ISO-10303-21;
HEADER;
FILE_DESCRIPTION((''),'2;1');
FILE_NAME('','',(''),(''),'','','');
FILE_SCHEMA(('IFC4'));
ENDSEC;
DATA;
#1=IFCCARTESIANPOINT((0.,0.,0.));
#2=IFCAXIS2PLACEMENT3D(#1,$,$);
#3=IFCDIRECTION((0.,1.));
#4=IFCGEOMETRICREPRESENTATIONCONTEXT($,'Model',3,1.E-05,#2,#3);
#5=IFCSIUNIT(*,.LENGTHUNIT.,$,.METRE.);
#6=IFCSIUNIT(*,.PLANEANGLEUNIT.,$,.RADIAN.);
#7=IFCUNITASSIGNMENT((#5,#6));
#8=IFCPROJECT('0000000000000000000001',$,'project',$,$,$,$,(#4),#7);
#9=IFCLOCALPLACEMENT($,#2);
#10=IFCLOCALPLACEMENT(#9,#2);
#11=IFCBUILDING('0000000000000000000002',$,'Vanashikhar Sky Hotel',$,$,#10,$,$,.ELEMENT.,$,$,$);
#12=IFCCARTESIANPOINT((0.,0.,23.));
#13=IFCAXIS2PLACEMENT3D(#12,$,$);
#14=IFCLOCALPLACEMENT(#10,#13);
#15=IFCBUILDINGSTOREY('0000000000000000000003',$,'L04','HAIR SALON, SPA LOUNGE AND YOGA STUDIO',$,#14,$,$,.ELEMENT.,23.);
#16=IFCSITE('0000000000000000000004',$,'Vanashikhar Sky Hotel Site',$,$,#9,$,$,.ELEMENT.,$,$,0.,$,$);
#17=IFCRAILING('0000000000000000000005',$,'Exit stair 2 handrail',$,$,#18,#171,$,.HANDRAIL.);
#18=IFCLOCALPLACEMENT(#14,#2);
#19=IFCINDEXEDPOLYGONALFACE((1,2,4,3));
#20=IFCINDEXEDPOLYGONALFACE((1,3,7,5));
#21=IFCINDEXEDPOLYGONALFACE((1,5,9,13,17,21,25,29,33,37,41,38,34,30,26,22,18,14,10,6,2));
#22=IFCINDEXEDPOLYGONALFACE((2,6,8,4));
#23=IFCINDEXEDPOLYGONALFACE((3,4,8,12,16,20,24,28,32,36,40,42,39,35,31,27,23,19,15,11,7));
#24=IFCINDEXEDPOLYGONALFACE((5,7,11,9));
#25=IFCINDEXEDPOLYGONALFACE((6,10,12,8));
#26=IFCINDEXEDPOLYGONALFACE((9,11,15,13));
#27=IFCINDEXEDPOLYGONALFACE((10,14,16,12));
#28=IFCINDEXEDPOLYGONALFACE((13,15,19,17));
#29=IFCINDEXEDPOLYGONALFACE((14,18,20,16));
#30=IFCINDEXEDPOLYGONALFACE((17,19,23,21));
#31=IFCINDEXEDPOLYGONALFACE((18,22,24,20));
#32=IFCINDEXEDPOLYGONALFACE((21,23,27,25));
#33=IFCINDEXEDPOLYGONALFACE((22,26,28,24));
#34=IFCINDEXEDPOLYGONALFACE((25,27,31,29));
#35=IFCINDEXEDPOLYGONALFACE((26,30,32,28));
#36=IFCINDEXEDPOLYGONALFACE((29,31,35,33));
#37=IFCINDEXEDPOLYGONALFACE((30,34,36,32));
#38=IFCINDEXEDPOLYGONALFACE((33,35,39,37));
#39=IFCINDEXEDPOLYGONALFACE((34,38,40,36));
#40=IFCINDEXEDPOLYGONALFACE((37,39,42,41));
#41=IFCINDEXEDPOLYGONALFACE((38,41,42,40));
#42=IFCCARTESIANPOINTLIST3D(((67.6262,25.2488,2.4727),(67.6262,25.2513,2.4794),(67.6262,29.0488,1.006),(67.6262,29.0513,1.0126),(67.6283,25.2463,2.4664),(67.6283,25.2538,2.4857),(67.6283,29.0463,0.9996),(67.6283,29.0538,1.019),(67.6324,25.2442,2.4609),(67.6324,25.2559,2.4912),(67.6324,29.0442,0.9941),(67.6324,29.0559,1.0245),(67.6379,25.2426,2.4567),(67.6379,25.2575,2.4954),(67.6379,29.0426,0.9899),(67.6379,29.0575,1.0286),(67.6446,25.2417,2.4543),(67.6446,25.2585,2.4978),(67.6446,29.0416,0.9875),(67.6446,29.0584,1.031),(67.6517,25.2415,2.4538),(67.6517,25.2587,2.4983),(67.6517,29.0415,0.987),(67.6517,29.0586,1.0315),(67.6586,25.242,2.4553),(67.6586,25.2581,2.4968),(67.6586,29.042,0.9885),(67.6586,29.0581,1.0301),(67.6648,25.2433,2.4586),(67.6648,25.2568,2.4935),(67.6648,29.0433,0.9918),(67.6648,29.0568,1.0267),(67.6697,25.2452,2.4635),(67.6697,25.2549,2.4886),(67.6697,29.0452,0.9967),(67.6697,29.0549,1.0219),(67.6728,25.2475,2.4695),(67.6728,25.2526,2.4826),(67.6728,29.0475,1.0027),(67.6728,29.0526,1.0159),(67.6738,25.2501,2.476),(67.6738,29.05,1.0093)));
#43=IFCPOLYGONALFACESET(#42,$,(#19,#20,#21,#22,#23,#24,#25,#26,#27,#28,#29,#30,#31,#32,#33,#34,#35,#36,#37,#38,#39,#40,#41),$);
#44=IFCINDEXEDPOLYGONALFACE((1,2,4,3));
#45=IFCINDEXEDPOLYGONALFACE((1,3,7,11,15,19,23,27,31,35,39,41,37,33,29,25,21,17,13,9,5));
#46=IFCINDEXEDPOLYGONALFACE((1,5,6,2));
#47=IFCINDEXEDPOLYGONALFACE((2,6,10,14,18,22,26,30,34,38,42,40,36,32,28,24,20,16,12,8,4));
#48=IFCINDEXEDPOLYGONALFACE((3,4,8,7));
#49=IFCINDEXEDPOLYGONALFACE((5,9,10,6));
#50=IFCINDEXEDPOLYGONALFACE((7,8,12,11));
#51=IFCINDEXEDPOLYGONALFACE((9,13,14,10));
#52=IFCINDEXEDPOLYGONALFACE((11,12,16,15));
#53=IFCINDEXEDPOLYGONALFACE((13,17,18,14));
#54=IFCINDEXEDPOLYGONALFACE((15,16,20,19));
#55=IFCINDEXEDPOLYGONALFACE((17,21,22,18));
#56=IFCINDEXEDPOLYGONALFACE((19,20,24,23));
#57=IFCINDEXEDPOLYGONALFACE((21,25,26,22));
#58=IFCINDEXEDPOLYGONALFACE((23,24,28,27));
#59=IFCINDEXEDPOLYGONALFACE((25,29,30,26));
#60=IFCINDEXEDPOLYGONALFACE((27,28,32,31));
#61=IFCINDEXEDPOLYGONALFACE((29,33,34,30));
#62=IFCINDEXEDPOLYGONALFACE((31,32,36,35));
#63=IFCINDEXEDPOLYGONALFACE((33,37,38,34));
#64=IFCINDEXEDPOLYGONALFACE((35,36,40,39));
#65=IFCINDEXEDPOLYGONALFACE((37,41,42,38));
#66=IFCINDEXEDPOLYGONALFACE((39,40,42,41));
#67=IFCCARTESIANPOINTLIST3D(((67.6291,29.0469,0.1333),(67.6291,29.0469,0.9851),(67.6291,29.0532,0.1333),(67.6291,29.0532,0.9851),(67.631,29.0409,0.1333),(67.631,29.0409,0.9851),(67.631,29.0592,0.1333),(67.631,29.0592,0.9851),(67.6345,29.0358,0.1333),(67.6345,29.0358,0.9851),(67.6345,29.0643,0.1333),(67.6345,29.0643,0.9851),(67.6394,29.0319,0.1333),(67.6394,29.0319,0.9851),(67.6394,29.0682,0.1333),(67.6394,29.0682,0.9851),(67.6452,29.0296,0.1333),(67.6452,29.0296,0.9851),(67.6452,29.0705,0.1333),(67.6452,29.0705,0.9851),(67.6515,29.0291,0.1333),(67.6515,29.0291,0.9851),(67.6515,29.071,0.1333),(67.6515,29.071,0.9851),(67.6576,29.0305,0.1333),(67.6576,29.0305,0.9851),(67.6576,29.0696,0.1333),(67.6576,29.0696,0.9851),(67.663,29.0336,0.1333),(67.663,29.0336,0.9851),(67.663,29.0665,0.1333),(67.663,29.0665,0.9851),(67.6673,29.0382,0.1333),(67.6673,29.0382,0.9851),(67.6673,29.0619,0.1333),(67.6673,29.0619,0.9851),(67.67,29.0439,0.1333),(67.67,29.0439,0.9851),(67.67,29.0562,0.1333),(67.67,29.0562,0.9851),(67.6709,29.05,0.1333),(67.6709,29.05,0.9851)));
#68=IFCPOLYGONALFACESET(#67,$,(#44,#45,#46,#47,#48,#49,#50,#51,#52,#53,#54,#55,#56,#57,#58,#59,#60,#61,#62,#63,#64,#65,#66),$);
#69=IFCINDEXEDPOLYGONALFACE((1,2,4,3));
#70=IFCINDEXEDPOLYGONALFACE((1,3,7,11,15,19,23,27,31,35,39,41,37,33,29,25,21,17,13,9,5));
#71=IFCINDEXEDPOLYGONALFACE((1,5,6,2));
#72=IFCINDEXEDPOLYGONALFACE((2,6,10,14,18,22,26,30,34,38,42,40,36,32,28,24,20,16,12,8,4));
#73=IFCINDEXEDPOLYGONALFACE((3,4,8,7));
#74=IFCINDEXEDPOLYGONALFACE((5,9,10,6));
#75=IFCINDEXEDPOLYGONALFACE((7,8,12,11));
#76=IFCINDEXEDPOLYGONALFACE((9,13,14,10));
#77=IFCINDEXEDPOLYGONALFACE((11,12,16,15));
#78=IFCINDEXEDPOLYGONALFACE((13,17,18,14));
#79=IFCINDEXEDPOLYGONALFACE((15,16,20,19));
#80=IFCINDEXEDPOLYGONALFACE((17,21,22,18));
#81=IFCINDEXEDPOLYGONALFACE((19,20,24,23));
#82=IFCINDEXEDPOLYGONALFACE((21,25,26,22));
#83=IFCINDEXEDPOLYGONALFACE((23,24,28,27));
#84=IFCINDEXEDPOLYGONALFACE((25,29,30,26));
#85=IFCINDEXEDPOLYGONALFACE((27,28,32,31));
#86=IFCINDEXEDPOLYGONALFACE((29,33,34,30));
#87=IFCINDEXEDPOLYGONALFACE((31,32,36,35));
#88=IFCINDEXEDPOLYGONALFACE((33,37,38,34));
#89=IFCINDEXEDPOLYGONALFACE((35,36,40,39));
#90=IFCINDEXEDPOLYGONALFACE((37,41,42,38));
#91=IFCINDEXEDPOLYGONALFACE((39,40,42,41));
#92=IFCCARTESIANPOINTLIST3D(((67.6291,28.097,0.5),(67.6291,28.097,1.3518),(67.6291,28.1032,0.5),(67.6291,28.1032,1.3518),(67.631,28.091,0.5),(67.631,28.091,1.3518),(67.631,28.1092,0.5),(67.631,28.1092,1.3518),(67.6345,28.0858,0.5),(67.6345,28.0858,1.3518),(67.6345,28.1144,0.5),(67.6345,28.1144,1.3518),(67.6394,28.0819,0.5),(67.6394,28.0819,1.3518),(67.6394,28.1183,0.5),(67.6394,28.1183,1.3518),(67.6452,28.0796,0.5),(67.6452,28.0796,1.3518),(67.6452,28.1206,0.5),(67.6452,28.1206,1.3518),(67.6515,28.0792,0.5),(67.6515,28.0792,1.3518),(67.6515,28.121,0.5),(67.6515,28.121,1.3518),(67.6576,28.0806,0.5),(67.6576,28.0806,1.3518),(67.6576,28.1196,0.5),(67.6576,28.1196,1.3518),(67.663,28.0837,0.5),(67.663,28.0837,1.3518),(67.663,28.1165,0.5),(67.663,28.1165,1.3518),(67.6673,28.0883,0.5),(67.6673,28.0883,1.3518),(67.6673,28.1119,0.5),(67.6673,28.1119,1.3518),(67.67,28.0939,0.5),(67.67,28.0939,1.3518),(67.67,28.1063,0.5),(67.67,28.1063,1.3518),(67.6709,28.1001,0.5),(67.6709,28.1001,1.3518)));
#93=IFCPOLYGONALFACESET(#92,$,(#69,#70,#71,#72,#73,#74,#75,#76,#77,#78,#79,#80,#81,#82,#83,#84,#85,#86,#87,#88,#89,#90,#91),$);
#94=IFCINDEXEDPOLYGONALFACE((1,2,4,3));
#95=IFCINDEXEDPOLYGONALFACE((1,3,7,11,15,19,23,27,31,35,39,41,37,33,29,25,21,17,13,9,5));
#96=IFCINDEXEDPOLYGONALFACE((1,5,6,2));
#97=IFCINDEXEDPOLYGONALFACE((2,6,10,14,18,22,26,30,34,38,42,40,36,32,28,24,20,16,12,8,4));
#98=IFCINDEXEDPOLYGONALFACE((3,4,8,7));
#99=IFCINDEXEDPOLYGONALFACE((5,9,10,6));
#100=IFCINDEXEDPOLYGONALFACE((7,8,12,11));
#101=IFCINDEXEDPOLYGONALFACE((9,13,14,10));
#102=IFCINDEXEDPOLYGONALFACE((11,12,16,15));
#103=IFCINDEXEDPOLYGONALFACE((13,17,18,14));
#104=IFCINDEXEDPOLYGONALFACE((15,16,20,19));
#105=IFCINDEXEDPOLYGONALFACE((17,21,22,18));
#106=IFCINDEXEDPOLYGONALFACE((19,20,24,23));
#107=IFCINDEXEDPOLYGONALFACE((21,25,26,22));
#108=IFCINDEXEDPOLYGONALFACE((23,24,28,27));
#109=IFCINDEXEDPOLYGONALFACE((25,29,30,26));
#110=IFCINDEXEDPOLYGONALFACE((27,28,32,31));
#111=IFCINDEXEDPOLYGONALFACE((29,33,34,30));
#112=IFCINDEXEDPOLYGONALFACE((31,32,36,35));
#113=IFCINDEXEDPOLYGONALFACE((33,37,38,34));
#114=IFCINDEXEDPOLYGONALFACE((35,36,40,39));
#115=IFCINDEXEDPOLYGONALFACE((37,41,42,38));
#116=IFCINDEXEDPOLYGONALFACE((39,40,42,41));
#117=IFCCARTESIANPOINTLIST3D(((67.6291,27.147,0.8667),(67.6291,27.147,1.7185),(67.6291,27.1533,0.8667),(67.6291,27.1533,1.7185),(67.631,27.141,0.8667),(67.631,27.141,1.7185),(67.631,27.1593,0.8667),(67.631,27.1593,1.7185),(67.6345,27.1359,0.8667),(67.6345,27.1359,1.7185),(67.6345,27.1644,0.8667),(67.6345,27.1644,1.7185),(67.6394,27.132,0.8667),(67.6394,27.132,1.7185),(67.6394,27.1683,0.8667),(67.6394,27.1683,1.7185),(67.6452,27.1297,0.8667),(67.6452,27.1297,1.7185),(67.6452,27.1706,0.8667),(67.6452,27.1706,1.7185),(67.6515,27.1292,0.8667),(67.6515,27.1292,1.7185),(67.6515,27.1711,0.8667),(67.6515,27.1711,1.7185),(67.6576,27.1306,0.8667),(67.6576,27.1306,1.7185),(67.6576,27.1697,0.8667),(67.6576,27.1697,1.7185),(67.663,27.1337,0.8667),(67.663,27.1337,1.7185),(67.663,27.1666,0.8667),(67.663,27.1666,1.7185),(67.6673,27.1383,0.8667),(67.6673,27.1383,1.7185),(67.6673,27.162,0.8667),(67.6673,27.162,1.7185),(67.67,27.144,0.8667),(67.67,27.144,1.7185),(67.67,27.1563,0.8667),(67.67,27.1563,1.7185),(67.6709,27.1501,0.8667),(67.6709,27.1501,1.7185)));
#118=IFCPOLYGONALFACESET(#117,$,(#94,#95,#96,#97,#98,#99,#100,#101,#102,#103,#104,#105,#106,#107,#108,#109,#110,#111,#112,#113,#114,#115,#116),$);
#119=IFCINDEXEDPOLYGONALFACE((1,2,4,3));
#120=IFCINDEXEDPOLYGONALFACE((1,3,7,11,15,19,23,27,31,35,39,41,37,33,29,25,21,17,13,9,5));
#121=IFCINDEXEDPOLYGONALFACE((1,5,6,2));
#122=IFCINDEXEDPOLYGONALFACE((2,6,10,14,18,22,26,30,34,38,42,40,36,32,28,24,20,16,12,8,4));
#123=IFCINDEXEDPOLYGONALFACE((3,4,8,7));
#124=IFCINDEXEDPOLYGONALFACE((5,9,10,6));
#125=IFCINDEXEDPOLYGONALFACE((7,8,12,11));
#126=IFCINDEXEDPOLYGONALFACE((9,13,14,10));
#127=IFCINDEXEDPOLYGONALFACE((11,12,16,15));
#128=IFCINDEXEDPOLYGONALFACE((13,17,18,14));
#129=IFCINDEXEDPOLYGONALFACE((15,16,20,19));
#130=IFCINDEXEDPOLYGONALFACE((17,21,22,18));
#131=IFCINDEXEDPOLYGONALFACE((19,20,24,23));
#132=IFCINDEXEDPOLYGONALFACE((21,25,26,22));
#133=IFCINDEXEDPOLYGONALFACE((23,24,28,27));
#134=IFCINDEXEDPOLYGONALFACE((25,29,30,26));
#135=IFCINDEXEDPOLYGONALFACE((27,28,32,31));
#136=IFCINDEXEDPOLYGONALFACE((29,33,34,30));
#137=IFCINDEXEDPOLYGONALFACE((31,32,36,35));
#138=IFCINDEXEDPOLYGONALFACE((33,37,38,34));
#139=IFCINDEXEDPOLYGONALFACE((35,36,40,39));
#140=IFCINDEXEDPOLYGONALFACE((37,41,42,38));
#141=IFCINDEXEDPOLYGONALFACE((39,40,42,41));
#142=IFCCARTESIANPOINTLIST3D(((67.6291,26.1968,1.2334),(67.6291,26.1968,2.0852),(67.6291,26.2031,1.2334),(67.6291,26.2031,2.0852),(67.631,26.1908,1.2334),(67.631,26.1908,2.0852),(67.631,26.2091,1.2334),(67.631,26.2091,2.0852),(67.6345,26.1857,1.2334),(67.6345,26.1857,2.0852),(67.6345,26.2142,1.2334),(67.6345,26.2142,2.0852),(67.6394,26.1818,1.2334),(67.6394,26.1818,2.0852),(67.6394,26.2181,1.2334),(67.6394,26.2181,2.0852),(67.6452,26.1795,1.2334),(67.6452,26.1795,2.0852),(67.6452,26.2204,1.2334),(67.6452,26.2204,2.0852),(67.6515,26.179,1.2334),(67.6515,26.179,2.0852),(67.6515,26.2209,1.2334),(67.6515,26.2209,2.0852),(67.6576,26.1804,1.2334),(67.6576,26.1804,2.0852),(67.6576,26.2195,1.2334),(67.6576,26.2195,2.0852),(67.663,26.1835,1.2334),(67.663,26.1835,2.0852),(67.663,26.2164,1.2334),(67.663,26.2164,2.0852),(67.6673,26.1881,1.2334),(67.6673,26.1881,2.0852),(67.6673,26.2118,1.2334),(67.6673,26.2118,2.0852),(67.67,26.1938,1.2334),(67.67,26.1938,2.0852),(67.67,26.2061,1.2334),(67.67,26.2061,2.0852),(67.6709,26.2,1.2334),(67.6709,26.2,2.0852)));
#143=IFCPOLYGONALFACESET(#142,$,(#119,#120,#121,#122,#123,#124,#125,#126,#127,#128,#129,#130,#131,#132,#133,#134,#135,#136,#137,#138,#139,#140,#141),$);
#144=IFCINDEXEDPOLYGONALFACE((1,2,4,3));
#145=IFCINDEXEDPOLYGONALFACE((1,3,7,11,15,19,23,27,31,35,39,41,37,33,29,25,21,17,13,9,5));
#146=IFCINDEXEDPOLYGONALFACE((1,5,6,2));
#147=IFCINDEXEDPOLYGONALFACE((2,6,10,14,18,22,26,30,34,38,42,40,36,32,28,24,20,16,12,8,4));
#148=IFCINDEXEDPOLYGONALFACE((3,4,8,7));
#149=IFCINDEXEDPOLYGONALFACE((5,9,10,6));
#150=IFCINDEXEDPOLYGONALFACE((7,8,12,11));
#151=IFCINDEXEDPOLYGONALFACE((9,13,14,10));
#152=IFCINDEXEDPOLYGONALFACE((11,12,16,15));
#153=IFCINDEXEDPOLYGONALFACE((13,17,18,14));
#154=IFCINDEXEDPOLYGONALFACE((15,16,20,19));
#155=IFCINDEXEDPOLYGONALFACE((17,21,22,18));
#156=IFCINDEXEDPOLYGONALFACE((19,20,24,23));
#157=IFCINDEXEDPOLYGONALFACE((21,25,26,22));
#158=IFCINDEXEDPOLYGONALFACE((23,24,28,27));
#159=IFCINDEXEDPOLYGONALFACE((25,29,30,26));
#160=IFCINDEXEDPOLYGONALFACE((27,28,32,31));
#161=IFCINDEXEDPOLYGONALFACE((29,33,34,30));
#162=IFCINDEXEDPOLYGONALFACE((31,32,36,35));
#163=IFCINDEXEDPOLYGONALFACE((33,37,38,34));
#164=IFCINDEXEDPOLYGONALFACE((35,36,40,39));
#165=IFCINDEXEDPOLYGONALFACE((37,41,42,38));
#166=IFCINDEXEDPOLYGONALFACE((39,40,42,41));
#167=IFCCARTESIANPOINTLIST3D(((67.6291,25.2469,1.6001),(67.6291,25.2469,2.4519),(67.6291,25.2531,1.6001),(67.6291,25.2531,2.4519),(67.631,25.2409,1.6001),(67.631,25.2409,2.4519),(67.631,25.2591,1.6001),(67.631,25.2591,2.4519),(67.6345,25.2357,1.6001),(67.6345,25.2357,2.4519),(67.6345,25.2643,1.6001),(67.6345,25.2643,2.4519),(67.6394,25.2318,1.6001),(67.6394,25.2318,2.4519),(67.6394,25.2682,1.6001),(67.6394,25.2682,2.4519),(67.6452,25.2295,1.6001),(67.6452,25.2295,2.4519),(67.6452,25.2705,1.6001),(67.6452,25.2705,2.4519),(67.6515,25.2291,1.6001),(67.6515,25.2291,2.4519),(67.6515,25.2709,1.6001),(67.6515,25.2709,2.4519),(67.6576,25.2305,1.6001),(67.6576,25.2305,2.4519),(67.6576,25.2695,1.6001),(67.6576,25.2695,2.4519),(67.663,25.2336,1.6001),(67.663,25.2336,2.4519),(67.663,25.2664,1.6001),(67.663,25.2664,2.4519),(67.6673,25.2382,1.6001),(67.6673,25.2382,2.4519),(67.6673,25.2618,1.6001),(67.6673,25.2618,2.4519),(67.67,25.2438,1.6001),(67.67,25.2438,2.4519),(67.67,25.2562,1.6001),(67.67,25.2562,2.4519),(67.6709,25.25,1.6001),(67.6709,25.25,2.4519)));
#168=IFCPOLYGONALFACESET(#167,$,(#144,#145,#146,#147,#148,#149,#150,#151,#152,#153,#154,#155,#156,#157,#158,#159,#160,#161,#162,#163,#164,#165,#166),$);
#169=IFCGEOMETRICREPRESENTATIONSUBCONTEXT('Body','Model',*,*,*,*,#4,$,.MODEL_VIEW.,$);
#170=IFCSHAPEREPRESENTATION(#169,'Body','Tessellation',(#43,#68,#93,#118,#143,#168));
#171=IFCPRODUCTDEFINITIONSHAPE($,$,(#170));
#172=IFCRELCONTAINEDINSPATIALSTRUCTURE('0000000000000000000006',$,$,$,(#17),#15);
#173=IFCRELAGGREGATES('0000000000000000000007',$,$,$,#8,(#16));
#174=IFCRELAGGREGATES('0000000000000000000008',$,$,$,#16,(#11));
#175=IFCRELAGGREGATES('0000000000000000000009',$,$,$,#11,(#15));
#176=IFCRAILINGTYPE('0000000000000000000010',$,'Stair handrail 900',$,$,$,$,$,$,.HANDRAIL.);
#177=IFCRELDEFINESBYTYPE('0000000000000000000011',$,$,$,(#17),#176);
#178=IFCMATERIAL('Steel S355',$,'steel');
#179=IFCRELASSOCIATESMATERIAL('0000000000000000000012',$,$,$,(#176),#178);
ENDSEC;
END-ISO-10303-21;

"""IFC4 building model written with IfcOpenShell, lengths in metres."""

from ifc_helpers import new_model, si_unit, direction, frame, origin, origin_2d, place, context, subcontext, project, spatial, circle, extrude, source, transform, mapped, material, type_object, element, save


model = new_model("IFC4")

# Units and contexts
model_context = context("Model", 3, precision=1e-05, world=origin(), true_north=direction((0.0, 1.0)))
body_context = subcontext(model_context, "Body", "Model", "MODEL_VIEW")
ifc_project = project(units=[si_unit("LENGTHUNIT", "METRE"), si_unit("PLANEANGLEUNIT", "RADIAN")], contexts=[model_context])

# Site, building, storey
site_placement = place(None, origin())
site = spatial("IfcSite", under=ifc_project, at=site_placement, Name="Vanashikhar Sky Hotel Site", CompositionType="ELEMENT", RefElevation=0.0)
building_placement = place(site_placement, origin())
building = spatial("IfcBuilding", under=site, at=building_placement, Name="Vanashikhar Sky Hotel", CompositionType="ELEMENT")
storey_placement = place(building_placement, frame((0.0, 0.0, 23.0)))
storey = spatial("IfcBuildingStorey", under=building, at=storey_placement, Name="L04", Description="HAIR SALON, SPA LOUNGE AND YOGA STUDIO", CompositionType="ELEMENT", Elevation=23.0)

# Railing
ifc_material_1 = material(Name="Steel S355", Category="steel")
railing_type_1 = type_object("IfcRailingType", Name="Stair handrail 900", PredefinedType="HANDRAIL", material=ifc_material_1)
shared_shape_1 = source(origin(), body_context, "Body", "SweptSolid", [
    extrude(circle(Radius=0.0239, at=origin_2d()), frame((0.0, 0.0, 0.876), z_axis=(0.0, -0.932914, 0.360099), x_axis=(1.0, 0.0, 0.0)), (0.0, 0.0, 1.0), 4.0732),
    extrude(circle(Radius=0.021, at=origin_2d()), origin(), (0.0, 0.0, 1.0), 0.8518),
    extrude(circle(Radius=0.021, at=origin_2d()), frame((0.0, -0.95, 0.3667)), (0.0, 0.0, 1.0), 0.8518),
    extrude(circle(Radius=0.021, at=origin_2d()), frame((0.0, -1.8999, 0.7334)), (0.0, 0.0, 1.0), 0.8518),
    extrude(circle(Radius=0.021, at=origin_2d()), frame((0.0, -2.8501, 1.1001)), (0.0, 0.0, 1.0), 0.8518),
    extrude(circle(Radius=0.021, at=origin_2d()), frame((0.0, -3.8, 1.4668)), (0.0, 0.0, 1.0), 0.8518),
])
for number, where, name in (
    (1, (67.6499, 29.05, 0.1333), "Exit stair 2 handrail"),
):
    element("IfcRailing", number, at=place(storey_placement, frame(where)), inside=storey, type_object=railing_type_1, Name=name, PredefinedType="HANDRAIL", context=body_context, shape_type="MappedRepresentation", body=[
        mapped(shared_shape_1, transform((0.0, 0.0, 0.0), scale=1.0)),
    ])

save(model, "model.ifc")
